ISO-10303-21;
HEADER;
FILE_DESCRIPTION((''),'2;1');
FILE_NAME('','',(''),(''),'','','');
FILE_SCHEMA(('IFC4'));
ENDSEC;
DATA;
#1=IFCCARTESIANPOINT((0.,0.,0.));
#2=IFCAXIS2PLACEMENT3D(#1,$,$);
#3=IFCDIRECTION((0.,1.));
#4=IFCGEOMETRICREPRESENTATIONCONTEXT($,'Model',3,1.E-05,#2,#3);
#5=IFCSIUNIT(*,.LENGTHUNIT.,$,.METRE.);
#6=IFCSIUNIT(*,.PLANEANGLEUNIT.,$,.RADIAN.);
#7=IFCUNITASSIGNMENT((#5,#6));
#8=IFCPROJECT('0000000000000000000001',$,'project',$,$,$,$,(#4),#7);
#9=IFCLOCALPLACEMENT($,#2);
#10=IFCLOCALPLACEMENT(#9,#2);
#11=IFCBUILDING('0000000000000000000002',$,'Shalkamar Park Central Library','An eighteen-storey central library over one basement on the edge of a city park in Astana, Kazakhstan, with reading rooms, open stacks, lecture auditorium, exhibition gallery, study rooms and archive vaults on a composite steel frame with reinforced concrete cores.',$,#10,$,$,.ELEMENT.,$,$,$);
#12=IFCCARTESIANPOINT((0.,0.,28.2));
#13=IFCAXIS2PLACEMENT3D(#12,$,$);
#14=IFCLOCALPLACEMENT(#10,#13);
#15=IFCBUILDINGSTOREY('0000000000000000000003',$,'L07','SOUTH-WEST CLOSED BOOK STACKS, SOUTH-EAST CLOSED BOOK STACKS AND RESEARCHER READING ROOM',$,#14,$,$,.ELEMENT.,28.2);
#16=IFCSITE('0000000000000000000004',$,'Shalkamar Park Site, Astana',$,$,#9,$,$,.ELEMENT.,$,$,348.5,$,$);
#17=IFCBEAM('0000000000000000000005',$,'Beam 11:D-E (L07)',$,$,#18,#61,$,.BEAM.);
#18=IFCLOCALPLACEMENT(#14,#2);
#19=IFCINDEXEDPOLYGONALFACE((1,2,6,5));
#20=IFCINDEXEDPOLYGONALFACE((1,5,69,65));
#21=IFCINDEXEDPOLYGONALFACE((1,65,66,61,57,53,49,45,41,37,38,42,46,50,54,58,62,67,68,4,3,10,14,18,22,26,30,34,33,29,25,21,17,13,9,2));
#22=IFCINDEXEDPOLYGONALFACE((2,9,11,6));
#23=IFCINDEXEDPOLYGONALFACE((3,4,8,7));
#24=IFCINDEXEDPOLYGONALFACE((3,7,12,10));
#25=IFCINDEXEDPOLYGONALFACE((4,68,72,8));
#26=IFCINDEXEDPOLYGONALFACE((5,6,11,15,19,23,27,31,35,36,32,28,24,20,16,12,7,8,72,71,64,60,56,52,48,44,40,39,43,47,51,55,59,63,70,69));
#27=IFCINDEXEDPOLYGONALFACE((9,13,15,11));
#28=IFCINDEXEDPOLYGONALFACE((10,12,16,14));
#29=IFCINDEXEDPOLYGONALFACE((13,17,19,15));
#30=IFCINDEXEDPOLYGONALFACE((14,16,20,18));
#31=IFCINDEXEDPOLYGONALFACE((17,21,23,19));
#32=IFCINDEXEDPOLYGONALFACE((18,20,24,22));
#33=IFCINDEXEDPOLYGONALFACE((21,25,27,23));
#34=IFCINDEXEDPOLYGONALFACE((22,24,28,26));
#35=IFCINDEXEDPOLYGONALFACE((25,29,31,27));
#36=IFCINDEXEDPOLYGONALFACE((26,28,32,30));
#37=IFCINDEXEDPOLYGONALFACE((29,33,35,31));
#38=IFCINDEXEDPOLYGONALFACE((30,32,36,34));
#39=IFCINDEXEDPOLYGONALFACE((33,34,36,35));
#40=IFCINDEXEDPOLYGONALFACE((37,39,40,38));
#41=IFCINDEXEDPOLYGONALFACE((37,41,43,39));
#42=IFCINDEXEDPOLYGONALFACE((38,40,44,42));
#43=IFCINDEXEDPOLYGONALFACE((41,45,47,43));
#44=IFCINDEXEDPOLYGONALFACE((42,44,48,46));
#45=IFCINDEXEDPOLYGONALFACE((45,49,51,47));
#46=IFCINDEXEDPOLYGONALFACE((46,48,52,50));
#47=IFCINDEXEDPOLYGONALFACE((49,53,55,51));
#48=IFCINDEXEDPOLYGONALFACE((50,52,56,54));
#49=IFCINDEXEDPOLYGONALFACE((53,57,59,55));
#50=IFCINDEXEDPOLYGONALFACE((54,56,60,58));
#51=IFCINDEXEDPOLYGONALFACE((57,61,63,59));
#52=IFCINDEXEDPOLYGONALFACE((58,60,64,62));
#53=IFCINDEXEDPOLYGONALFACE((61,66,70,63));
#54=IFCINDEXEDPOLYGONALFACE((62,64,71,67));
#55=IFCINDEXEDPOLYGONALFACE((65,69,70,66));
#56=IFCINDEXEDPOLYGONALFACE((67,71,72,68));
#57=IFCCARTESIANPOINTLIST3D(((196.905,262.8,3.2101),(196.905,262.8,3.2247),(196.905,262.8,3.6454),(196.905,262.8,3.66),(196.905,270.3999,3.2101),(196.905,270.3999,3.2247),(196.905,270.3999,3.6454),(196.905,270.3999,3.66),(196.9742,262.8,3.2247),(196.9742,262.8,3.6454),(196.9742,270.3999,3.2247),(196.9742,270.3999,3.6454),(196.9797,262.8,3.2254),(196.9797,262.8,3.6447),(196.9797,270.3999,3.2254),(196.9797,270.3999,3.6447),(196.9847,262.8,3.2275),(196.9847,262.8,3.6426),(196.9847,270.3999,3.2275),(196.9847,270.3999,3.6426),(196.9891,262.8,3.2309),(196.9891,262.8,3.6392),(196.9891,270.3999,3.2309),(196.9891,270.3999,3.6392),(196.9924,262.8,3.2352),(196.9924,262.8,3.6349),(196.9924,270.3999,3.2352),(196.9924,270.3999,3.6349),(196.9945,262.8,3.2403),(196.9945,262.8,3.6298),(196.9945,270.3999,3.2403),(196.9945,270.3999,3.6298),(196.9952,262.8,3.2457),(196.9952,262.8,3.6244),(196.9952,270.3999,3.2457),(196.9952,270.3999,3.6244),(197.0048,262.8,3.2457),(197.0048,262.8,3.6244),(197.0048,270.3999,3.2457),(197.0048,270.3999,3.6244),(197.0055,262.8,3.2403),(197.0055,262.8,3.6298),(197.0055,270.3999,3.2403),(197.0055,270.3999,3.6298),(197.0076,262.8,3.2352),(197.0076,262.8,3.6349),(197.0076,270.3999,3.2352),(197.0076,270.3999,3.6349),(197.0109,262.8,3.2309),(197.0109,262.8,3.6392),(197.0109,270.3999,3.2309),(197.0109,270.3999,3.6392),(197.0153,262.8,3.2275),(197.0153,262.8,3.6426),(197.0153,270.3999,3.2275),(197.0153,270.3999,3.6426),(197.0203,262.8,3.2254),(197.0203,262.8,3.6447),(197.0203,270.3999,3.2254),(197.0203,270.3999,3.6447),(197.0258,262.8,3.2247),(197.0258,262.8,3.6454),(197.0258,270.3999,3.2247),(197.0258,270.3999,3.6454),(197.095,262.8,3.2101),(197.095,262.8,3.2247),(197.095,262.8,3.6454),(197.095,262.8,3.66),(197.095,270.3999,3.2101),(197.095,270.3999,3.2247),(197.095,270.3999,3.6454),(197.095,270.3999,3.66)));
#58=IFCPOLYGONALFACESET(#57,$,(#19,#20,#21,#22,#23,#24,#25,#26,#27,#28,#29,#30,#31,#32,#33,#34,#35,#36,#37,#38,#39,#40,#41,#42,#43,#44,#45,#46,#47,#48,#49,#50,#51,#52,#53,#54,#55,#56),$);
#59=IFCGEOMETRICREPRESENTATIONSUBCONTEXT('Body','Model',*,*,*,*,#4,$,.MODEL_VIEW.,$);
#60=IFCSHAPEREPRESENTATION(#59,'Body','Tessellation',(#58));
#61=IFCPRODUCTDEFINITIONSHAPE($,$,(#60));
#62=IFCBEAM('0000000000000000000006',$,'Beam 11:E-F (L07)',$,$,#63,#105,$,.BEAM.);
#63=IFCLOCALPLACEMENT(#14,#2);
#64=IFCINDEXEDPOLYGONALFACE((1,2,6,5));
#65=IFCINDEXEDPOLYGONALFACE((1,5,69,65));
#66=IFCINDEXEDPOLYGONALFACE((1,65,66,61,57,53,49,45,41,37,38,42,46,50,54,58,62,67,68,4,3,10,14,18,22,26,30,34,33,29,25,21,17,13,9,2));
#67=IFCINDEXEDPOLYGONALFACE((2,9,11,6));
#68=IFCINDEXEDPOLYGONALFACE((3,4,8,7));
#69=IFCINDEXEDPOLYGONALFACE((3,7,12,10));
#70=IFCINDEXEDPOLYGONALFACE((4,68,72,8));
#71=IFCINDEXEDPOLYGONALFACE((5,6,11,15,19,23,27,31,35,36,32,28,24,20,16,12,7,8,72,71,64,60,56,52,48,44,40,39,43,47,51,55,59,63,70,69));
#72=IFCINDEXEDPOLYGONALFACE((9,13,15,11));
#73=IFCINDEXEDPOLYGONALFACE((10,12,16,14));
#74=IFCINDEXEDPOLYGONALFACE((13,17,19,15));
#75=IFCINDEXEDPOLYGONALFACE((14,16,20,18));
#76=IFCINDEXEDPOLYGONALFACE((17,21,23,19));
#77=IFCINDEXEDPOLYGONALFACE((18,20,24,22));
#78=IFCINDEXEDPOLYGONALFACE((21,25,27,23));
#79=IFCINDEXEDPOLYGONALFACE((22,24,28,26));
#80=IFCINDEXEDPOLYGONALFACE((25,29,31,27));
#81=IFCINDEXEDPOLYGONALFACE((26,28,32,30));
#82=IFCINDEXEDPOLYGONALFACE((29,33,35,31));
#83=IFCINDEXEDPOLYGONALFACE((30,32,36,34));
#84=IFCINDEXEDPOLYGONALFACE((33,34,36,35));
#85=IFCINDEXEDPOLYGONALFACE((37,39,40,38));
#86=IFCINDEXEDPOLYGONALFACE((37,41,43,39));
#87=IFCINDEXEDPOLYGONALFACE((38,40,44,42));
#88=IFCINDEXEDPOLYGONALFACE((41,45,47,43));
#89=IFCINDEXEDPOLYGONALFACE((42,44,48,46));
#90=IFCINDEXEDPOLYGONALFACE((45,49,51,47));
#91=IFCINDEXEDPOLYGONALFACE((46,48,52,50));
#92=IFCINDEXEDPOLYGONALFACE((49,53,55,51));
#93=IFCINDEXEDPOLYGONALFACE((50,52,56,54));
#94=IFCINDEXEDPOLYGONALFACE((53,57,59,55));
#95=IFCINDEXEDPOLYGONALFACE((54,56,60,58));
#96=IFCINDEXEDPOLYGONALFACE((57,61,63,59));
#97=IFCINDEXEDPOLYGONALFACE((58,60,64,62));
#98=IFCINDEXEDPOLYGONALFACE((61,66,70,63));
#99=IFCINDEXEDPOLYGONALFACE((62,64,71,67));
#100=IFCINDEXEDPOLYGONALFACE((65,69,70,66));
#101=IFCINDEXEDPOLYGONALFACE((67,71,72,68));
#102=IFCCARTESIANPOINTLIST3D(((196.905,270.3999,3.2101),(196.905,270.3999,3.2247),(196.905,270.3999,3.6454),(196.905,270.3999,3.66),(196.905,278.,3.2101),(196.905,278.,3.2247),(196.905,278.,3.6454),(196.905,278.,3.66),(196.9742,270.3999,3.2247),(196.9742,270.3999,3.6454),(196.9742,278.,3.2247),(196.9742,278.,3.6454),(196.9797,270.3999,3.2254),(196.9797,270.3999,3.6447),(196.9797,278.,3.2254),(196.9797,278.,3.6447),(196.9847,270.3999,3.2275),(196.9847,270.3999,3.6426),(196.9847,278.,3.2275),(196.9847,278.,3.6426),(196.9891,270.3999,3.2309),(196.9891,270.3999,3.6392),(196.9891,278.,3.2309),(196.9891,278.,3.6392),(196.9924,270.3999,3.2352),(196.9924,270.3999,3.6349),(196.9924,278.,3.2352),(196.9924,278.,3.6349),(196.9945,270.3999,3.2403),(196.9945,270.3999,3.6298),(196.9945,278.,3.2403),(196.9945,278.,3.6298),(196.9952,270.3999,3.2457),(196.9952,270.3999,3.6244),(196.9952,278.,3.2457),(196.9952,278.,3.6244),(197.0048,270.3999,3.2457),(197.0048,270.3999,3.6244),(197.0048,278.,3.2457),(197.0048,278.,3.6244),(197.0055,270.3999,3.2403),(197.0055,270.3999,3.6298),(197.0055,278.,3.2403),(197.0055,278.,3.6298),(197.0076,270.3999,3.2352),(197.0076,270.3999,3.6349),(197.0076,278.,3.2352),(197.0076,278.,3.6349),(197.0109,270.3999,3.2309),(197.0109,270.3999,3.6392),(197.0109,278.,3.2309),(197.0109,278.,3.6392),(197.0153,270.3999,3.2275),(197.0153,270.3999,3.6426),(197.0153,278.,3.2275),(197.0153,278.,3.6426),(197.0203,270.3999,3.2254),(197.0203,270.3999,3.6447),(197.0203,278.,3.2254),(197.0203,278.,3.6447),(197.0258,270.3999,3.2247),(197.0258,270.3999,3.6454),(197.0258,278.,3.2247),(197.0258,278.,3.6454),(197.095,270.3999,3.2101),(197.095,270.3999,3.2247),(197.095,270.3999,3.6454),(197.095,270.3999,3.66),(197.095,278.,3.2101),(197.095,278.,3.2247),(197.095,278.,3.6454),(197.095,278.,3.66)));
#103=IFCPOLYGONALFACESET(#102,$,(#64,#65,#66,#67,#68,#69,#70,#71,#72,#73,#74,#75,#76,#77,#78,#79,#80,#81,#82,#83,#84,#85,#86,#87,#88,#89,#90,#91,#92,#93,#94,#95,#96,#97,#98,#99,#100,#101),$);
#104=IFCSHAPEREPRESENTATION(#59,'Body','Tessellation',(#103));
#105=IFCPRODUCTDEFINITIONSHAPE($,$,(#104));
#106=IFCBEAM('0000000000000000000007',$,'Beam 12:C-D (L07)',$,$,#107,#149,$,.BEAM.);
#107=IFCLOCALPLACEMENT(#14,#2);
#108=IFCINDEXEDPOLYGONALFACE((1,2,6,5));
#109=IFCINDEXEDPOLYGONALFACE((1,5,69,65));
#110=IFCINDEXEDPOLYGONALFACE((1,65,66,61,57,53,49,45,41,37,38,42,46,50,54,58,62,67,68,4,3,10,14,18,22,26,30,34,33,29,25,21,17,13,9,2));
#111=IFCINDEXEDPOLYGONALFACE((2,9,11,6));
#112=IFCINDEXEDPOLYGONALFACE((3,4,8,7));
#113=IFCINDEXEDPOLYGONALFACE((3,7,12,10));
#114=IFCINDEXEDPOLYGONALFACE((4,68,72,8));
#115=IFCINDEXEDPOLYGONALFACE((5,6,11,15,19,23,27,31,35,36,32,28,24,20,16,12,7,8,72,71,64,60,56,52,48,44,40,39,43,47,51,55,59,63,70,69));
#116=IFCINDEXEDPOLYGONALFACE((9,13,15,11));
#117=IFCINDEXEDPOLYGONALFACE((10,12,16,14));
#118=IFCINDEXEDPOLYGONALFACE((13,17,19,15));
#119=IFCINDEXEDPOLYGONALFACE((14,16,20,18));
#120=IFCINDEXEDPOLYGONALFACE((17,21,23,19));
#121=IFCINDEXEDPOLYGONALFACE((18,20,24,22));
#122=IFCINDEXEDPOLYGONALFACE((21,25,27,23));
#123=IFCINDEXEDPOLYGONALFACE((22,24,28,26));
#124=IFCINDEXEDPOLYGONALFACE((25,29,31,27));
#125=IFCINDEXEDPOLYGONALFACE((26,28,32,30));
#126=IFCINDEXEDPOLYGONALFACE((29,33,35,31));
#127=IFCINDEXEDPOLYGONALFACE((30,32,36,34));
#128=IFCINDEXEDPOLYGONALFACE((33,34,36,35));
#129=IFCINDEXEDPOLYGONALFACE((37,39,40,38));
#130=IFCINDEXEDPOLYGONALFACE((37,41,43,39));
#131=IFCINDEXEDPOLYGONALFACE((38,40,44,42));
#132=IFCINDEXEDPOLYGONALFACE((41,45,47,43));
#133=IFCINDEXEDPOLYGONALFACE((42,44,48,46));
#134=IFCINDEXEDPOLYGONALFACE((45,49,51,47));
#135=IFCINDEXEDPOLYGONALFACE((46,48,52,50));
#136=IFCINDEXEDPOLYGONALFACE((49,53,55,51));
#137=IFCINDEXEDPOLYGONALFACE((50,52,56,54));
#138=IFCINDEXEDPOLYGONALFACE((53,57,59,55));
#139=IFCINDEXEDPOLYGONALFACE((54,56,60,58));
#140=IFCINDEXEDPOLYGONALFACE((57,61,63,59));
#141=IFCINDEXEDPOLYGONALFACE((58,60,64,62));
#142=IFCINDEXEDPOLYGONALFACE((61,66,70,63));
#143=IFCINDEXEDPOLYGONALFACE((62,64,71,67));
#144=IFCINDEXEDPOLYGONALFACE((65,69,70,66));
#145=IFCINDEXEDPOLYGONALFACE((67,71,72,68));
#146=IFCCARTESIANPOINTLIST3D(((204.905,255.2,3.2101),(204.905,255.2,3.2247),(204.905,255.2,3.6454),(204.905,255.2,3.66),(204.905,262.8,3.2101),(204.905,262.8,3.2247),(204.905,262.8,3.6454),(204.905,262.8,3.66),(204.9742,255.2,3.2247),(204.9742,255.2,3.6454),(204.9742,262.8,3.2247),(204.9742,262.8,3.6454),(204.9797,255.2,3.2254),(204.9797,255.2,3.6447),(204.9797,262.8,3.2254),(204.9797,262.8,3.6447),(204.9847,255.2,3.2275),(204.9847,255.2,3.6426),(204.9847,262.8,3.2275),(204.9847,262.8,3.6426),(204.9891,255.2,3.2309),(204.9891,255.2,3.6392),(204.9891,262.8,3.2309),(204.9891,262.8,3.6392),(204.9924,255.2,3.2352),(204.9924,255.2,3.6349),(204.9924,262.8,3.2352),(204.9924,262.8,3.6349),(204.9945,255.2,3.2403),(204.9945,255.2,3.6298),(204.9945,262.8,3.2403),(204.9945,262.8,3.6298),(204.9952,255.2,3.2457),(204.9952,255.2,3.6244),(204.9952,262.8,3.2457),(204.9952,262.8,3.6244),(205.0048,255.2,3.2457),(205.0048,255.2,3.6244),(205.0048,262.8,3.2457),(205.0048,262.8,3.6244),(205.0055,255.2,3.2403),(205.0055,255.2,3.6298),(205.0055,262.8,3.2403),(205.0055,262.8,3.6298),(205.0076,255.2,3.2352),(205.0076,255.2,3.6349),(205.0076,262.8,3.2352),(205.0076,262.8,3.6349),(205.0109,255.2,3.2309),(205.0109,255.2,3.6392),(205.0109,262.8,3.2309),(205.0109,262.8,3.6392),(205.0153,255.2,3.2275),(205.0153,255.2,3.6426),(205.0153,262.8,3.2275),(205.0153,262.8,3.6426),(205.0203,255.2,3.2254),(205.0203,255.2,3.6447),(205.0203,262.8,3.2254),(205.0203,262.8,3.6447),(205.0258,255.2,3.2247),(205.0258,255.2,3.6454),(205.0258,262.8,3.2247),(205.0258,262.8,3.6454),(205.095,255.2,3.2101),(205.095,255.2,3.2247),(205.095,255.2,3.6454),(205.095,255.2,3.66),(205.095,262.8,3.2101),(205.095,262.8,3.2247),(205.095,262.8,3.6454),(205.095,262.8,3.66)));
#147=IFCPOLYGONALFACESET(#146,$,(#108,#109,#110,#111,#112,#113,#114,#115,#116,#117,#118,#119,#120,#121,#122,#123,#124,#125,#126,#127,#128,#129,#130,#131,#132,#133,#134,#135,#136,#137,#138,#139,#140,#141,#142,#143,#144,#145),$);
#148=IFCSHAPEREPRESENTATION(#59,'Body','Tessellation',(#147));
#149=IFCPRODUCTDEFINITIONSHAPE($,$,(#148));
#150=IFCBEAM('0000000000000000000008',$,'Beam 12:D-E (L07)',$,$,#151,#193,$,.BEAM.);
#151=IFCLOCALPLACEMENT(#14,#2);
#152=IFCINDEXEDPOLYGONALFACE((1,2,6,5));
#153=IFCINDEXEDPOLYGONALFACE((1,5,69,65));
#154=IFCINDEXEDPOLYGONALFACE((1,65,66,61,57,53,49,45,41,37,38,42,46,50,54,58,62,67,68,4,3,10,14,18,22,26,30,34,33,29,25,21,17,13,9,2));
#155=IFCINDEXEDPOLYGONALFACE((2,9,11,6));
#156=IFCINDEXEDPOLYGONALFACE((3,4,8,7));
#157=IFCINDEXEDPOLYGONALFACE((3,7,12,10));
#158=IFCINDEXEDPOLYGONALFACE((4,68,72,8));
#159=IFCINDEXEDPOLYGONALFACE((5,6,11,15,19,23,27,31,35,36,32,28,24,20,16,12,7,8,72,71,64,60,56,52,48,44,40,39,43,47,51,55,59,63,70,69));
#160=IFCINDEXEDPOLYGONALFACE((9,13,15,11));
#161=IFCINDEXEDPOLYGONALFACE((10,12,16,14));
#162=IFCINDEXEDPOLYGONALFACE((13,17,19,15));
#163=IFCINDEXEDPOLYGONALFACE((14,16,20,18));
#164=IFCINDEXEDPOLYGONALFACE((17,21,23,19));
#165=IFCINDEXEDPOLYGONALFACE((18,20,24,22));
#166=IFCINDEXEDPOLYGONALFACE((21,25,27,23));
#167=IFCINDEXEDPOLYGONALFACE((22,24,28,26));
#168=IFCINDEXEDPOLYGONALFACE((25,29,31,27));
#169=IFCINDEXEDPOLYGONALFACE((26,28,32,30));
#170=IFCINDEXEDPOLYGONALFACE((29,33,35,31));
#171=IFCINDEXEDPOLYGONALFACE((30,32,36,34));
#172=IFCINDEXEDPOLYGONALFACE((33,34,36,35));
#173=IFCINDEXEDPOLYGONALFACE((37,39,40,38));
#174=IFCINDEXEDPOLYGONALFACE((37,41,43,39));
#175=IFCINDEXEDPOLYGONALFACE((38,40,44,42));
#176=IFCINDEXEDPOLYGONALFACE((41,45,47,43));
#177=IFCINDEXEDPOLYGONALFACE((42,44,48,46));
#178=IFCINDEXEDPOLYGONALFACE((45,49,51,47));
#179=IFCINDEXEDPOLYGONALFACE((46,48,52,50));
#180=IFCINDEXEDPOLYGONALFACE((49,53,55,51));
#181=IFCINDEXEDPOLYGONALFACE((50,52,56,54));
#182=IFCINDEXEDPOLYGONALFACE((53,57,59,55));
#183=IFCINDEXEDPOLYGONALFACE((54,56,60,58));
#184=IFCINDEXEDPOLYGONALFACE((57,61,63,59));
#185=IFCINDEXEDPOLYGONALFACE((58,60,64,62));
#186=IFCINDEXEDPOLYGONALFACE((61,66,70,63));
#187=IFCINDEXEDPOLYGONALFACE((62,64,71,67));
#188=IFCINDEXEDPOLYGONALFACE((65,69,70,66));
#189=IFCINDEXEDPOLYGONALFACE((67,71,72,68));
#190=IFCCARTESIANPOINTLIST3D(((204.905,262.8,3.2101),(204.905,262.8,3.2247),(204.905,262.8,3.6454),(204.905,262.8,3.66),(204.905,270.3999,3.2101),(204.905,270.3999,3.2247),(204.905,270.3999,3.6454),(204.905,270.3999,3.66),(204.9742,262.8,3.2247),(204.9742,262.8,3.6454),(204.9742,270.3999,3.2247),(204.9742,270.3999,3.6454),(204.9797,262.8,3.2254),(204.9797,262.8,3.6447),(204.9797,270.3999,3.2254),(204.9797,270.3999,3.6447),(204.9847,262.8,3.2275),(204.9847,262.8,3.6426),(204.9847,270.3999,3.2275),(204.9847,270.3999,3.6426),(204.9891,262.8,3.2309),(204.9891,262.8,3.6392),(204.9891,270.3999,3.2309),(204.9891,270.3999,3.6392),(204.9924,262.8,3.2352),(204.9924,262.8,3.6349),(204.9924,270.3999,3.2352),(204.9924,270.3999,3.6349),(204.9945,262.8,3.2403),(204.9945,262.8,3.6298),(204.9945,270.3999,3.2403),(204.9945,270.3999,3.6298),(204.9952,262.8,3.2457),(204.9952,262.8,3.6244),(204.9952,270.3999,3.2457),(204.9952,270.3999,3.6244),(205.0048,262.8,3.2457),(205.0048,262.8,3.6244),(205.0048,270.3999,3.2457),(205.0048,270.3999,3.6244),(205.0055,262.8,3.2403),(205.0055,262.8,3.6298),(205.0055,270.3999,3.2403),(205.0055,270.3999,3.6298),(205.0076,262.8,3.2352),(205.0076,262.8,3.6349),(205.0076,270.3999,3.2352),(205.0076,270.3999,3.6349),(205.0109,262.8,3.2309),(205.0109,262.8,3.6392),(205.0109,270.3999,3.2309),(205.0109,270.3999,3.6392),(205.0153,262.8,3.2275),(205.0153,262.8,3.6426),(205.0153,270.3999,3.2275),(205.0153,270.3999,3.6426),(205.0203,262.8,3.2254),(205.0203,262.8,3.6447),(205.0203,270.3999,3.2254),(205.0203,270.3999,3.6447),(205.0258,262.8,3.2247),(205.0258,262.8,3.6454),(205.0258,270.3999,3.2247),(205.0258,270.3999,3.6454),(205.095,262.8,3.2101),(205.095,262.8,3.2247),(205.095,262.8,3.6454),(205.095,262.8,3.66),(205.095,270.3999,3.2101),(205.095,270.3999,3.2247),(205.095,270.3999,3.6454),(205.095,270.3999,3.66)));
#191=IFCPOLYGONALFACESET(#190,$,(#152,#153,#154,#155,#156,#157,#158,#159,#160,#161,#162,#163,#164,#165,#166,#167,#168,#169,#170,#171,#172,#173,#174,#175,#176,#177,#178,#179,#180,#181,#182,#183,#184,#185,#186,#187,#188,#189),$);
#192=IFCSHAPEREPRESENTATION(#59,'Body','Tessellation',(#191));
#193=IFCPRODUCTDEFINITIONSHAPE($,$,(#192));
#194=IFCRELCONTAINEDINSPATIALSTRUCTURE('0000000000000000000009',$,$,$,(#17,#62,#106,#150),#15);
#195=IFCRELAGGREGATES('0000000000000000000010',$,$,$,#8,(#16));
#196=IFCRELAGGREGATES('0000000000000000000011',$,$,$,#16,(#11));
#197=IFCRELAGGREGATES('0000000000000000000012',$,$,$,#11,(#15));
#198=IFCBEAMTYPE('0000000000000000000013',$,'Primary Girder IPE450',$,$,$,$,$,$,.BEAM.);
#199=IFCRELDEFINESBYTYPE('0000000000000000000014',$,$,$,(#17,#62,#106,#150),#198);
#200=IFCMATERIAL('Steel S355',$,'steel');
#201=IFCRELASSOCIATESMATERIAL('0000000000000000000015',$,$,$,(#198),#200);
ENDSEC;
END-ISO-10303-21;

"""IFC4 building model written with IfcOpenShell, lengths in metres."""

from ifc_helpers import new_model, si_unit, direction, frame, origin, origin_2d, place, context, subcontext, project, spatial, i_section, extrude, material, material_profile, profile_set, type_object, element, save


model = new_model("IFC4")

# Units and contexts
model_context = context("Model", 3, precision=1e-05, world=origin(), true_north=direction((0.0, 1.0)))
body_context = subcontext(model_context, "Body", "Model", "MODEL_VIEW")
ifc_project = project(units=[si_unit("LENGTHUNIT", "METRE"), si_unit("PLANEANGLEUNIT", "RADIAN")], contexts=[model_context])

# Site, building, storey
site_placement = place(None, origin())
site = spatial("IfcSite", under=ifc_project, at=site_placement, Name="Shalkamar Park Site, Astana", CompositionType="ELEMENT", RefElevation=348.5)
building_placement = place(site_placement, origin())
building = spatial("IfcBuilding", under=site, at=building_placement, Name="Shalkamar Park Central Library", Description="An eighteen-storey central library over one basement on the edge of a city park in Astana, Kazakhstan, with reading rooms, open stacks, lecture auditorium, exhibition gallery, study rooms and archive vaults on a composite steel frame with reinforced concrete cores.", CompositionType="ELEMENT")
storey_placement = place(building_placement, frame((0.0, 0.0, 28.2)))
storey = spatial("IfcBuildingStorey", under=building, at=storey_placement, Name="L07", Description="SOUTH-WEST CLOSED BOOK STACKS, SOUTH-EAST CLOSED BOOK STACKS AND RESEARCHER READING ROOM", CompositionType="ELEMENT", Elevation=28.2)

# Shared definitions
ifc_material_1 = material(Name="Steel S355", Category="steel")

# Beams
ifc_material_profile_1 = material_profile(ifc_material_1, i_section(OverallWidth=0.1899, OverallDepth=0.45, WebThickness=0.0095, FlangeThickness=0.0146, FilletRadius=0.021, at=origin_2d()), Name="IPE 450")
ifc_profile_set_1 = profile_set([ifc_material_profile_1], Name="Steel S355")
beam_type_1 = type_object("IfcBeamType", Name="Primary Girder IPE450", PredefinedType="BEAM", material=ifc_profile_set_1)
beam_1_placement = place(storey_placement, frame((197.0, 262.8, 3.4351), z_axis=(0.0, 1.0, 0.0), x_axis=(-1.0, 0.0, 0.0)))
element("IfcBeam", 1, at=beam_1_placement, inside=storey, type_object=beam_type_1, Name="Beam 11:D-E (L07)", PredefinedType="BEAM", context=body_context, shape_type="SweptSolid", body=[
    extrude(i_section(OverallWidth=0.1899, OverallDepth=0.45, WebThickness=0.0095, FlangeThickness=0.0146, FilletRadius=0.021, at=origin_2d()), origin(), (0.0, 0.0, 1.0), 7.5999),
])
for number, where, z_axis, x_axis, name in (
    (2, (197.0, 270.3999, 3.4351), (0.0, 1.0, 0.0), (-1.0, 0.0, 0.0), "Beam 11:E-F (L07)"),
    (3, (205.0, 255.2, 3.4351), (0.0, 1.0, 0.0), (-1.0, 0.0, 0.0), "Beam 12:C-D (L07)"),
):
    element("IfcBeam", number, at=place(storey_placement, frame(where, z_axis=z_axis, x_axis=x_axis)), inside=storey, type_object=beam_type_1, Name=name, PredefinedType="BEAM", context=body_context, shape_type="SweptSolid", body=[
        extrude(i_section(OverallWidth=0.1899, OverallDepth=0.45, WebThickness=0.0095, FlangeThickness=0.0146, FilletRadius=0.021, at=origin_2d()), origin(), (0.0, 0.0, 1.0), 7.6001),
    ])
beam_2_placement = place(storey_placement, frame((205.0, 262.8, 3.4351), z_axis=(0.0, 1.0, 0.0), x_axis=(-1.0, 0.0, 0.0)))
element("IfcBeam", 4, at=beam_2_placement, inside=storey, type_object=beam_type_1, Name="Beam 12:D-E (L07)", PredefinedType="BEAM", context=body_context, shape_type="SweptSolid", body=[
    extrude(i_section(OverallWidth=0.1899, OverallDepth=0.45, WebThickness=0.0095, FlangeThickness=0.0146, FilletRadius=0.021, at=origin_2d()), origin(), (0.0, 0.0, 1.0), 7.5999),
])

save(model, "model.ifc")
